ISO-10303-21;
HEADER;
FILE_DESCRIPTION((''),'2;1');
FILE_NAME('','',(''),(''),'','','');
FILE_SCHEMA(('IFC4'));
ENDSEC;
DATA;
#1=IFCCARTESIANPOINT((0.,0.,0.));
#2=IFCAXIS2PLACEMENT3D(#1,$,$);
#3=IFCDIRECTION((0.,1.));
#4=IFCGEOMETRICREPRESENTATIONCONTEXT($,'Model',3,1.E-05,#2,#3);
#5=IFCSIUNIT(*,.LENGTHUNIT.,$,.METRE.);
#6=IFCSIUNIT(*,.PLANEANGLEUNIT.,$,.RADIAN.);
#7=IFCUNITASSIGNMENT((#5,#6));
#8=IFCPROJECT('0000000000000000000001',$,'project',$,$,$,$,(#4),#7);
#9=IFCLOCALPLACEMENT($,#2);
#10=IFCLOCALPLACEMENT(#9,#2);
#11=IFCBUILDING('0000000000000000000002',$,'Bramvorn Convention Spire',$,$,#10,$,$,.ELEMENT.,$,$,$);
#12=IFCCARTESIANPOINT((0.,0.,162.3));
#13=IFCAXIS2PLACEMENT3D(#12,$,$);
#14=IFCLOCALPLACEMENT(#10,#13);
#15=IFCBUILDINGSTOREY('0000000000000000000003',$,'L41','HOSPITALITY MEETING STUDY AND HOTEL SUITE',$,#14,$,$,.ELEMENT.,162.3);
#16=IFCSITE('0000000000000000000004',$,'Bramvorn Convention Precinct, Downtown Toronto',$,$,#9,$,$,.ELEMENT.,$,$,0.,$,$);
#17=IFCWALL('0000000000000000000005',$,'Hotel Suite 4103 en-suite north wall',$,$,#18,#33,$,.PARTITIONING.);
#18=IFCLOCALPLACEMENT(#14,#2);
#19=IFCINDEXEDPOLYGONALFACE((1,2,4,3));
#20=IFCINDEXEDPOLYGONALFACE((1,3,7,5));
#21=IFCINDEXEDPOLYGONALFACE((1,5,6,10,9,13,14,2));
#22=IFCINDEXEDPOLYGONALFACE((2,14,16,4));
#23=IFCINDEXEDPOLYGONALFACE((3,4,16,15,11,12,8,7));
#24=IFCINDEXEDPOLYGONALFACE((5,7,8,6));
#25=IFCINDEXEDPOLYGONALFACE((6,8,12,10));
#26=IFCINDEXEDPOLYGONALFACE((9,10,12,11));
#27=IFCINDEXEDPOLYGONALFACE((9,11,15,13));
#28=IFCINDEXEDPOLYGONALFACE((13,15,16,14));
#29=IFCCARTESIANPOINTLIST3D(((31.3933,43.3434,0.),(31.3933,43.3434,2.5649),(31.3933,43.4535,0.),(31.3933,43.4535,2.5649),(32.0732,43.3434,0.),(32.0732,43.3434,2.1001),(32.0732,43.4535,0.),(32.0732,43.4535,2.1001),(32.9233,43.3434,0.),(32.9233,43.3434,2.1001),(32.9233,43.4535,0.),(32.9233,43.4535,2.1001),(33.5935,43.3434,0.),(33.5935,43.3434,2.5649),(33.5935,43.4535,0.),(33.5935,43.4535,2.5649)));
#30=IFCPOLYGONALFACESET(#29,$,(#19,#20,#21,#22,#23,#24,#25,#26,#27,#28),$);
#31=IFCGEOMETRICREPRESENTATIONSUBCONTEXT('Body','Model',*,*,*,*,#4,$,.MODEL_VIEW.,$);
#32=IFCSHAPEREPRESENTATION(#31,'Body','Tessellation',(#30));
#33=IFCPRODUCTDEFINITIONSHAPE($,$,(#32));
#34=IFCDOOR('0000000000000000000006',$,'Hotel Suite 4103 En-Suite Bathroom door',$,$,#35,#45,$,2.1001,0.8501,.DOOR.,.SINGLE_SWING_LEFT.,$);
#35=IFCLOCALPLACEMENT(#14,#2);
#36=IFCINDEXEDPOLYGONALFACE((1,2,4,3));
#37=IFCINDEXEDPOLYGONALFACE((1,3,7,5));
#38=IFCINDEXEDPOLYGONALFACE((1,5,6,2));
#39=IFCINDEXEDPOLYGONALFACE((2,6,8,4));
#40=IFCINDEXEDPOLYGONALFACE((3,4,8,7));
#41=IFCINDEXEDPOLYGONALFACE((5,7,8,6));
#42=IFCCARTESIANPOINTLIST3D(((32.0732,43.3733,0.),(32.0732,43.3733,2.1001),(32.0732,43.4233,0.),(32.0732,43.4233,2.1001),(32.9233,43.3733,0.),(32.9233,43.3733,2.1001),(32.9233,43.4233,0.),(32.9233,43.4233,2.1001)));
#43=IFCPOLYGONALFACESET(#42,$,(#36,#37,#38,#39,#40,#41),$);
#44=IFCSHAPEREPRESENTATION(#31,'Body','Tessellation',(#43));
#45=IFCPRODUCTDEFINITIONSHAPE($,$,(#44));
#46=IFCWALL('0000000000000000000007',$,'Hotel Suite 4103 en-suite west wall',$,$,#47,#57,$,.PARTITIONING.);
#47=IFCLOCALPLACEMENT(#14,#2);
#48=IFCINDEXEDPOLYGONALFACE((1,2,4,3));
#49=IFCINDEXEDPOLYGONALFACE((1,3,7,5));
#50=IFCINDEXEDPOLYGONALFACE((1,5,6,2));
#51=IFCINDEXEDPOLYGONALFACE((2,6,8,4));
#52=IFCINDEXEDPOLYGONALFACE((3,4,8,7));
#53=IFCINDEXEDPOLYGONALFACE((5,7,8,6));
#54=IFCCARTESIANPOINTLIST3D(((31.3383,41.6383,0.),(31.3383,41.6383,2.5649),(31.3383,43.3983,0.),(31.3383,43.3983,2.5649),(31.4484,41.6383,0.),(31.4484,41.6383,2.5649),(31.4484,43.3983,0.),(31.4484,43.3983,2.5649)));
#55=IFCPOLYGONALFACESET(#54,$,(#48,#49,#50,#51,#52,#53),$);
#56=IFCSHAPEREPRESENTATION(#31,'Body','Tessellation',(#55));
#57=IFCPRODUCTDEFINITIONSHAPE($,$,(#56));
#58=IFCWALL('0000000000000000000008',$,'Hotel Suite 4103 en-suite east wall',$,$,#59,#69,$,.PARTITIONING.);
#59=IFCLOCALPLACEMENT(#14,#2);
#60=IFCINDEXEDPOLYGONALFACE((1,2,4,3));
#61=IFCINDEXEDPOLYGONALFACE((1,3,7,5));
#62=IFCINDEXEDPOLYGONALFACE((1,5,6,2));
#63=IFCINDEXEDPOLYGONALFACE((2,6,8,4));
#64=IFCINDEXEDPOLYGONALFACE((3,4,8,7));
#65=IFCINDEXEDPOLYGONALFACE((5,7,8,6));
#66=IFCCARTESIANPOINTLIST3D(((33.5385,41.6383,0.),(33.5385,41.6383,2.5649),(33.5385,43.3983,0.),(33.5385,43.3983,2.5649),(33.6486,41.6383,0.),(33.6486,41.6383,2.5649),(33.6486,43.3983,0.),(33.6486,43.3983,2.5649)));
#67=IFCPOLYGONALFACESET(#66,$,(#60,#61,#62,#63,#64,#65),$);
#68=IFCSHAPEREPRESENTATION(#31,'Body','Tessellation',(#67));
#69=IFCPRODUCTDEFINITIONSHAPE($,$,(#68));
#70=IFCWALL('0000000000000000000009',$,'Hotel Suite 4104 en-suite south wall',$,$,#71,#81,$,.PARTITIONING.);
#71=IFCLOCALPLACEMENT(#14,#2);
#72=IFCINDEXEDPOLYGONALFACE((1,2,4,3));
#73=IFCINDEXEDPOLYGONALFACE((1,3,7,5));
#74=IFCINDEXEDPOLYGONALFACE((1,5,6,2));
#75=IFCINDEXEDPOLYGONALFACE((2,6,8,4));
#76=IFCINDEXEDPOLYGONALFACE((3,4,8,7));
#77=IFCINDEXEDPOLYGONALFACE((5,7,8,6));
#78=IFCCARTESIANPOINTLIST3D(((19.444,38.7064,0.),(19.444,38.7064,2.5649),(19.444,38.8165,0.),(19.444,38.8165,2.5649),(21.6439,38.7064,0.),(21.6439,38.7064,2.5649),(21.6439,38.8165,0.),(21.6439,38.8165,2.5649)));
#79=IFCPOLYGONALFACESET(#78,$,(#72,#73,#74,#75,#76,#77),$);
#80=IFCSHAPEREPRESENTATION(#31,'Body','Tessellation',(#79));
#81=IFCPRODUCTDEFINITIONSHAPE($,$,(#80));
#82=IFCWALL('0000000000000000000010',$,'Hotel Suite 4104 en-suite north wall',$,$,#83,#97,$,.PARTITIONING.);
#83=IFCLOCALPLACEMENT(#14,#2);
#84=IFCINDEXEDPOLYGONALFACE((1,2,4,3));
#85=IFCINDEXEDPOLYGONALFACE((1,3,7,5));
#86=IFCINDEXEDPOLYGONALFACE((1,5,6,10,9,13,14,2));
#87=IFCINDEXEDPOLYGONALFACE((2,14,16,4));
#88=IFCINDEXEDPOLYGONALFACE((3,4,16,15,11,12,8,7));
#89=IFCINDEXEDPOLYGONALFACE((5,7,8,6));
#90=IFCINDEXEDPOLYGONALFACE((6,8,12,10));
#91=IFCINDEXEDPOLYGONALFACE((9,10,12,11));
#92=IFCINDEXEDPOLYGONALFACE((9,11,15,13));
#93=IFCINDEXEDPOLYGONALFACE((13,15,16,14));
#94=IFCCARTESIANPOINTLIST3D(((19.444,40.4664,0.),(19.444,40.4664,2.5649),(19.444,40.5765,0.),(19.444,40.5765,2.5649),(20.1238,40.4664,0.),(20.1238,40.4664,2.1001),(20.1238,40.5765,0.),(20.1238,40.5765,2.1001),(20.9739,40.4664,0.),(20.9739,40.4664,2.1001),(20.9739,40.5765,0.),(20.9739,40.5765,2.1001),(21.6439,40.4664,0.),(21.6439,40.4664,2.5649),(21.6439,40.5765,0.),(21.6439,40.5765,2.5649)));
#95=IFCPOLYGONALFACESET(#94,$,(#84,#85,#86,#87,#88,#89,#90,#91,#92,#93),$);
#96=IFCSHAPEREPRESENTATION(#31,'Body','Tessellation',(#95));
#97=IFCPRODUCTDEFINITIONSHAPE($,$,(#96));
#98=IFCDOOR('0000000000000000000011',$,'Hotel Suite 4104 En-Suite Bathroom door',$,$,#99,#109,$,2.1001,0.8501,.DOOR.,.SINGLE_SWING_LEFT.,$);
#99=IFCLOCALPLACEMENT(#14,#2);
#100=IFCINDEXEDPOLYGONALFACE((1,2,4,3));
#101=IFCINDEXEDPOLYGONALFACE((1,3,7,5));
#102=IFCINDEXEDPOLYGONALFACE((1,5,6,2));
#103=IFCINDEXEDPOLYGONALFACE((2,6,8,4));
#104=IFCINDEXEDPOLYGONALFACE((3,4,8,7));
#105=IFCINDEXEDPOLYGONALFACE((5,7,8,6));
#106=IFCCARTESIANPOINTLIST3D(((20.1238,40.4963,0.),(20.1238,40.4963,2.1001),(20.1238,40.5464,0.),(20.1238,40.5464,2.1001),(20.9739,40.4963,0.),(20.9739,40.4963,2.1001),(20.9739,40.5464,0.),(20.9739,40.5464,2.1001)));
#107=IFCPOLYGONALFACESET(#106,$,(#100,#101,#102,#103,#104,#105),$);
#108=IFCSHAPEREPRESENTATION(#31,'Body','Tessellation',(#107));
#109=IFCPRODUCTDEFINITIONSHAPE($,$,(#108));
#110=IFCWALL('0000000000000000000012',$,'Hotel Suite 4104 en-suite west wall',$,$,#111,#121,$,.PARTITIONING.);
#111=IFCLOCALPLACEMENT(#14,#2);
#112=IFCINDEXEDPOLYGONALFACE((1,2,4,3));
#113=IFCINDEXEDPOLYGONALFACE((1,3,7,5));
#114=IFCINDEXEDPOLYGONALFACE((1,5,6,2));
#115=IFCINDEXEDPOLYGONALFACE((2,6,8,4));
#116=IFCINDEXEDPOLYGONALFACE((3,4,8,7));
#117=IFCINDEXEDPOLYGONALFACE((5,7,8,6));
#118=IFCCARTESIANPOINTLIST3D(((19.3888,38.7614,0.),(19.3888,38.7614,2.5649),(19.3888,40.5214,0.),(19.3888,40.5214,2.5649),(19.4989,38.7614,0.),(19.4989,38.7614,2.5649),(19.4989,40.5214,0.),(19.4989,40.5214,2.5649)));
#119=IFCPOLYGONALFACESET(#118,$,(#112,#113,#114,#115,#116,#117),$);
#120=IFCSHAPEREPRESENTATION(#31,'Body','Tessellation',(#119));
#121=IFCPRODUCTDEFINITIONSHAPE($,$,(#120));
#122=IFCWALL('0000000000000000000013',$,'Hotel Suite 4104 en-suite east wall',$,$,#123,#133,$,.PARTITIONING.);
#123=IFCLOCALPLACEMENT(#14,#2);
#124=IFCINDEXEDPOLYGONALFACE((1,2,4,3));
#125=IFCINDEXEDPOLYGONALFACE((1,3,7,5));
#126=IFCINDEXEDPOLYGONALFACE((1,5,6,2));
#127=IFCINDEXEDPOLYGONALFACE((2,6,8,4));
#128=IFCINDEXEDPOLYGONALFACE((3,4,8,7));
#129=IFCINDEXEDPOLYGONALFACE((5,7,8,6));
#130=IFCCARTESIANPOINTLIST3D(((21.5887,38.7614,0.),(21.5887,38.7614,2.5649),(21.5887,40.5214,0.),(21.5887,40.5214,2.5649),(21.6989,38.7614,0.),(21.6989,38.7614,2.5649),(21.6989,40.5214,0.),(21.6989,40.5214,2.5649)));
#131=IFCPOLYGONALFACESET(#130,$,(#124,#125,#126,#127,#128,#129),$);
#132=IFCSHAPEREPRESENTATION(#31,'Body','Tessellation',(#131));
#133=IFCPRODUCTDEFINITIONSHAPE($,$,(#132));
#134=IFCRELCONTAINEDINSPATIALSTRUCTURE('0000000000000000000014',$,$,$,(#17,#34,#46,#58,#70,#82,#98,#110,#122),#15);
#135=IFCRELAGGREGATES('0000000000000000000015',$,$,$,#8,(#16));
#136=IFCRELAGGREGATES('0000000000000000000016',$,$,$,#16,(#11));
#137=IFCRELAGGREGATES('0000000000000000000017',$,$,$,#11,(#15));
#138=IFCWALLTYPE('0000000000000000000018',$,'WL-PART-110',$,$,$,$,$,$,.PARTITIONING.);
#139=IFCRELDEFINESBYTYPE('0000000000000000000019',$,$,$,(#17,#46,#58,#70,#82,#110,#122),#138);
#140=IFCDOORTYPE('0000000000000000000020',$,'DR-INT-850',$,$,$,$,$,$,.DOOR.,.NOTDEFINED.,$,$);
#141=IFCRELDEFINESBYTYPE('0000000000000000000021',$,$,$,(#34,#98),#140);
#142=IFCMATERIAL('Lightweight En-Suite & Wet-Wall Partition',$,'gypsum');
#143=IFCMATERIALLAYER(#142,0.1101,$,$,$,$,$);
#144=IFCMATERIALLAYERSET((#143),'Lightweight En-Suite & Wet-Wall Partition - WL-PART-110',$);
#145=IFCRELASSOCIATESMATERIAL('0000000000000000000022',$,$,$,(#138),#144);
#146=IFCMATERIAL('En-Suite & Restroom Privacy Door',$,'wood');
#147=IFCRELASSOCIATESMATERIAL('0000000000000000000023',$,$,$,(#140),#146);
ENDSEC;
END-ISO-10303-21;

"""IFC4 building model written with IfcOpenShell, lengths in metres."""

from ifc_helpers import new_model, si_unit, direction, frame, frame_2d, origin, place, context, subcontext, project, spatial, rectangle, extrude, material, layer, layer_set, type_object, element, fill, save


model = new_model("IFC4")

# Units and contexts
model_context = context("Model", 3, precision=1e-05, world=origin(), true_north=direction((0.0, 1.0)))
body_context = subcontext(model_context, "Body", "Model", "MODEL_VIEW")
ifc_project = project(units=[si_unit("LENGTHUNIT", "METRE"), si_unit("PLANEANGLEUNIT", "RADIAN")], contexts=[model_context])

# Site, building, storey
site_placement = place(None, origin())
site = spatial("IfcSite", under=ifc_project, at=site_placement, Name="Bramvorn Convention Precinct, Downtown Toronto", CompositionType="ELEMENT", RefElevation=0.0)
building_placement = place(site_placement, origin())
building = spatial("IfcBuilding", under=site, at=building_placement, Name="Bramvorn Convention Spire", CompositionType="ELEMENT")
storey_placement = place(building_placement, frame((0.0, 0.0, 162.3)))
storey = spatial("IfcBuildingStorey", under=building, at=storey_placement, Name="L41", Description="HOSPITALITY MEETING STUDY AND HOTEL SUITE", CompositionType="ELEMENT", Elevation=162.3)

# Shared definitions
ifc_material_1 = material(Name="Lightweight En-Suite & Wet-Wall Partition", Category="gypsum")
ifc_layer_1 = layer(ifc_material_1, 0.1101)
ifc_layer_set_1 = layer_set([ifc_layer_1], Name="Lightweight En-Suite & Wet-Wall Partition - WL-PART-110")
wall_type_1 = type_object("IfcWallType", Name="WL-PART-110", PredefinedType="PARTITIONING", material=ifc_layer_set_1)

# Wall, opening, door
wall_1_placement = place(storey_placement, frame((31.3933, 43.3984, 0.0), z_axis=(0.0, 0.0, 1.0), x_axis=(1.0, 0.0, 0.0)))
wall_1 = element("IfcWall", 1, at=wall_1_placement, inside=storey, type_object=wall_type_1, Name="Hotel Suite 4103 en-suite north wall", PredefinedType="PARTITIONING", context=body_context, shape_type="SweptSolid", body=[
    extrude(rectangle(XDim=2.2002, YDim=0.1101, at=frame_2d((1.1001, 0.0))), origin(), (0.0, 0.0, 1.0), 2.5649),
])
opening_1_placement = place(wall_1_placement, frame((0.6799, 0.0, 0.0)))
opening_1 = element("IfcOpeningElement", 2, at=opening_1_placement, cuts=wall_1, PredefinedType="OPENING", context=body_context, shape_type="SweptSolid", body=[
    extrude(rectangle(XDim=0.8501, YDim=2.1001, at=frame_2d((0.425, 1.05))), frame((0.0, 0.0649, 0.0), z_axis=(0.0, -1.0, 0.0), x_axis=(1.0, 0.0, 0.0)), (0.0, 0.0, 1.0), 0.1301),
])
ifc_material_2 = material(Name="En-Suite & Restroom Privacy Door", Category="wood")
door_type = type_object("IfcDoorType", Name="DR-INT-850", OperationType="NOTDEFINED", PredefinedType="DOOR", material=ifc_material_2)
door_1_placement = place(opening_1_placement, origin())
door_1 = element("IfcDoor", 3, at=door_1_placement, inside=storey, type_object=door_type, Name="Hotel Suite 4103 En-Suite Bathroom door", OperationType="SINGLE_SWING_LEFT", OverallHeight=2.1001, OverallWidth=0.8501, PredefinedType="DOOR", context=body_context, shape_type="SweptSolid", body=[
    extrude(rectangle(XDim=0.8501, YDim=2.1001, at=frame_2d((0.425, 1.05))), frame((0.0, 0.0249, 0.0), z_axis=(0.0, -1.0, 0.0), x_axis=(1.0, 0.0, 0.0)), (0.0, 0.0, 1.0), 0.05),
])
fill(opening_1, door_1)

# Walls
for number, where, z_axis, x_axis, name in (
    (4, (31.3933, 41.6384, 0.0), (0.0, 0.0, 1.0), (0.0, 1.0, 0.0), "Hotel Suite 4103 en-suite west wall"),
    (5, (33.5935, 41.6384, 0.0), (0.0, 0.0, 1.0), (0.0, 1.0, 0.0), "Hotel Suite 4103 en-suite east wall"),
):
    element("IfcWall", number, at=place(storey_placement, frame(where, z_axis=z_axis, x_axis=x_axis)), inside=storey, type_object=wall_type_1, Name=name, PredefinedType="PARTITIONING", context=body_context, shape_type="SweptSolid", body=[
        extrude(rectangle(XDim=1.76, YDim=0.1101, at=frame_2d((0.8799, 0.0))), origin(), (0.0, 0.0, 1.0), 2.5649),
    ])
wall_2_placement = place(storey_placement, frame((19.4438, 38.7615, 0.0), z_axis=(0.0, 0.0, 1.0), x_axis=(1.0, 0.0, 0.0)))
element("IfcWall", 6, at=wall_2_placement, inside=storey, type_object=wall_type_1, Name="Hotel Suite 4104 en-suite south wall", PredefinedType="PARTITIONING", context=body_context, shape_type="SweptSolid", body=[
    extrude(rectangle(XDim=2.2, YDim=0.1101, at=frame_2d((1.1001, 0.0))), origin(), (0.0, 0.0, 1.0), 2.5649),
])

# Wall, opening, door
wall_3_placement = place(storey_placement, frame((19.4438, 40.5215, 0.0), z_axis=(0.0, 0.0, 1.0), x_axis=(1.0, 0.0, 0.0)))
wall_3 = element("IfcWall", 7, at=wall_3_placement, inside=storey, type_object=wall_type_1, Name="Hotel Suite 4104 en-suite north wall", PredefinedType="PARTITIONING", context=body_context, shape_type="SweptSolid", body=[
    extrude(rectangle(XDim=2.2, YDim=0.1101, at=frame_2d((1.1001, 0.0))), origin(), (0.0, 0.0, 1.0), 2.5649),
])
opening_2_placement = place(wall_3_placement, frame((0.6799, 0.0, 0.0)))
opening_2 = element("IfcOpeningElement", 8, at=opening_2_placement, cuts=wall_3, PredefinedType="OPENING", context=body_context, shape_type="SweptSolid", body=[
    extrude(rectangle(XDim=0.8501, YDim=2.1001, at=frame_2d((0.425, 1.05))), frame((0.0, 0.0649, 0.0), z_axis=(0.0, -1.0, 0.0), x_axis=(1.0, 0.0, 0.0)), (0.0, 0.0, 1.0), 0.1301),
])
door_2_placement = place(opening_2_placement, origin())
door_2 = element("IfcDoor", 9, at=door_2_placement, inside=storey, type_object=door_type, Name="Hotel Suite 4104 En-Suite Bathroom door", OperationType="SINGLE_SWING_LEFT", OverallHeight=2.1001, OverallWidth=0.8501, PredefinedType="DOOR", context=body_context, shape_type="SweptSolid", body=[
    extrude(rectangle(XDim=0.8501, YDim=2.1001, at=frame_2d((0.425, 1.05))), frame((0.0, 0.0249, 0.0), z_axis=(0.0, -1.0, 0.0), x_axis=(1.0, 0.0, 0.0)), (0.0, 0.0, 1.0), 0.05),
])
fill(opening_2, door_2)

# Walls
for number, where, z_axis, x_axis, name in (
    (10, (19.4438, 38.7615, 0.0), (0.0, 0.0, 1.0), (0.0, 1.0, 0.0), "Hotel Suite 4104 en-suite west wall"),
    (11, (21.6438, 38.7615, 0.0), (0.0, 0.0, 1.0), (0.0, 1.0, 0.0), "Hotel Suite 4104 en-suite east wall"),
):
    element("IfcWall", number, at=place(storey_placement, frame(where, z_axis=z_axis, x_axis=x_axis)), inside=storey, type_object=wall_type_1, Name=name, PredefinedType="PARTITIONING", context=body_context, shape_type="SweptSolid", body=[
        extrude(rectangle(XDim=1.76, YDim=0.1101, at=frame_2d((0.8799, 0.0))), origin(), (0.0, 0.0, 1.0), 2.5649),
    ])

save(model, "model.ifc")
